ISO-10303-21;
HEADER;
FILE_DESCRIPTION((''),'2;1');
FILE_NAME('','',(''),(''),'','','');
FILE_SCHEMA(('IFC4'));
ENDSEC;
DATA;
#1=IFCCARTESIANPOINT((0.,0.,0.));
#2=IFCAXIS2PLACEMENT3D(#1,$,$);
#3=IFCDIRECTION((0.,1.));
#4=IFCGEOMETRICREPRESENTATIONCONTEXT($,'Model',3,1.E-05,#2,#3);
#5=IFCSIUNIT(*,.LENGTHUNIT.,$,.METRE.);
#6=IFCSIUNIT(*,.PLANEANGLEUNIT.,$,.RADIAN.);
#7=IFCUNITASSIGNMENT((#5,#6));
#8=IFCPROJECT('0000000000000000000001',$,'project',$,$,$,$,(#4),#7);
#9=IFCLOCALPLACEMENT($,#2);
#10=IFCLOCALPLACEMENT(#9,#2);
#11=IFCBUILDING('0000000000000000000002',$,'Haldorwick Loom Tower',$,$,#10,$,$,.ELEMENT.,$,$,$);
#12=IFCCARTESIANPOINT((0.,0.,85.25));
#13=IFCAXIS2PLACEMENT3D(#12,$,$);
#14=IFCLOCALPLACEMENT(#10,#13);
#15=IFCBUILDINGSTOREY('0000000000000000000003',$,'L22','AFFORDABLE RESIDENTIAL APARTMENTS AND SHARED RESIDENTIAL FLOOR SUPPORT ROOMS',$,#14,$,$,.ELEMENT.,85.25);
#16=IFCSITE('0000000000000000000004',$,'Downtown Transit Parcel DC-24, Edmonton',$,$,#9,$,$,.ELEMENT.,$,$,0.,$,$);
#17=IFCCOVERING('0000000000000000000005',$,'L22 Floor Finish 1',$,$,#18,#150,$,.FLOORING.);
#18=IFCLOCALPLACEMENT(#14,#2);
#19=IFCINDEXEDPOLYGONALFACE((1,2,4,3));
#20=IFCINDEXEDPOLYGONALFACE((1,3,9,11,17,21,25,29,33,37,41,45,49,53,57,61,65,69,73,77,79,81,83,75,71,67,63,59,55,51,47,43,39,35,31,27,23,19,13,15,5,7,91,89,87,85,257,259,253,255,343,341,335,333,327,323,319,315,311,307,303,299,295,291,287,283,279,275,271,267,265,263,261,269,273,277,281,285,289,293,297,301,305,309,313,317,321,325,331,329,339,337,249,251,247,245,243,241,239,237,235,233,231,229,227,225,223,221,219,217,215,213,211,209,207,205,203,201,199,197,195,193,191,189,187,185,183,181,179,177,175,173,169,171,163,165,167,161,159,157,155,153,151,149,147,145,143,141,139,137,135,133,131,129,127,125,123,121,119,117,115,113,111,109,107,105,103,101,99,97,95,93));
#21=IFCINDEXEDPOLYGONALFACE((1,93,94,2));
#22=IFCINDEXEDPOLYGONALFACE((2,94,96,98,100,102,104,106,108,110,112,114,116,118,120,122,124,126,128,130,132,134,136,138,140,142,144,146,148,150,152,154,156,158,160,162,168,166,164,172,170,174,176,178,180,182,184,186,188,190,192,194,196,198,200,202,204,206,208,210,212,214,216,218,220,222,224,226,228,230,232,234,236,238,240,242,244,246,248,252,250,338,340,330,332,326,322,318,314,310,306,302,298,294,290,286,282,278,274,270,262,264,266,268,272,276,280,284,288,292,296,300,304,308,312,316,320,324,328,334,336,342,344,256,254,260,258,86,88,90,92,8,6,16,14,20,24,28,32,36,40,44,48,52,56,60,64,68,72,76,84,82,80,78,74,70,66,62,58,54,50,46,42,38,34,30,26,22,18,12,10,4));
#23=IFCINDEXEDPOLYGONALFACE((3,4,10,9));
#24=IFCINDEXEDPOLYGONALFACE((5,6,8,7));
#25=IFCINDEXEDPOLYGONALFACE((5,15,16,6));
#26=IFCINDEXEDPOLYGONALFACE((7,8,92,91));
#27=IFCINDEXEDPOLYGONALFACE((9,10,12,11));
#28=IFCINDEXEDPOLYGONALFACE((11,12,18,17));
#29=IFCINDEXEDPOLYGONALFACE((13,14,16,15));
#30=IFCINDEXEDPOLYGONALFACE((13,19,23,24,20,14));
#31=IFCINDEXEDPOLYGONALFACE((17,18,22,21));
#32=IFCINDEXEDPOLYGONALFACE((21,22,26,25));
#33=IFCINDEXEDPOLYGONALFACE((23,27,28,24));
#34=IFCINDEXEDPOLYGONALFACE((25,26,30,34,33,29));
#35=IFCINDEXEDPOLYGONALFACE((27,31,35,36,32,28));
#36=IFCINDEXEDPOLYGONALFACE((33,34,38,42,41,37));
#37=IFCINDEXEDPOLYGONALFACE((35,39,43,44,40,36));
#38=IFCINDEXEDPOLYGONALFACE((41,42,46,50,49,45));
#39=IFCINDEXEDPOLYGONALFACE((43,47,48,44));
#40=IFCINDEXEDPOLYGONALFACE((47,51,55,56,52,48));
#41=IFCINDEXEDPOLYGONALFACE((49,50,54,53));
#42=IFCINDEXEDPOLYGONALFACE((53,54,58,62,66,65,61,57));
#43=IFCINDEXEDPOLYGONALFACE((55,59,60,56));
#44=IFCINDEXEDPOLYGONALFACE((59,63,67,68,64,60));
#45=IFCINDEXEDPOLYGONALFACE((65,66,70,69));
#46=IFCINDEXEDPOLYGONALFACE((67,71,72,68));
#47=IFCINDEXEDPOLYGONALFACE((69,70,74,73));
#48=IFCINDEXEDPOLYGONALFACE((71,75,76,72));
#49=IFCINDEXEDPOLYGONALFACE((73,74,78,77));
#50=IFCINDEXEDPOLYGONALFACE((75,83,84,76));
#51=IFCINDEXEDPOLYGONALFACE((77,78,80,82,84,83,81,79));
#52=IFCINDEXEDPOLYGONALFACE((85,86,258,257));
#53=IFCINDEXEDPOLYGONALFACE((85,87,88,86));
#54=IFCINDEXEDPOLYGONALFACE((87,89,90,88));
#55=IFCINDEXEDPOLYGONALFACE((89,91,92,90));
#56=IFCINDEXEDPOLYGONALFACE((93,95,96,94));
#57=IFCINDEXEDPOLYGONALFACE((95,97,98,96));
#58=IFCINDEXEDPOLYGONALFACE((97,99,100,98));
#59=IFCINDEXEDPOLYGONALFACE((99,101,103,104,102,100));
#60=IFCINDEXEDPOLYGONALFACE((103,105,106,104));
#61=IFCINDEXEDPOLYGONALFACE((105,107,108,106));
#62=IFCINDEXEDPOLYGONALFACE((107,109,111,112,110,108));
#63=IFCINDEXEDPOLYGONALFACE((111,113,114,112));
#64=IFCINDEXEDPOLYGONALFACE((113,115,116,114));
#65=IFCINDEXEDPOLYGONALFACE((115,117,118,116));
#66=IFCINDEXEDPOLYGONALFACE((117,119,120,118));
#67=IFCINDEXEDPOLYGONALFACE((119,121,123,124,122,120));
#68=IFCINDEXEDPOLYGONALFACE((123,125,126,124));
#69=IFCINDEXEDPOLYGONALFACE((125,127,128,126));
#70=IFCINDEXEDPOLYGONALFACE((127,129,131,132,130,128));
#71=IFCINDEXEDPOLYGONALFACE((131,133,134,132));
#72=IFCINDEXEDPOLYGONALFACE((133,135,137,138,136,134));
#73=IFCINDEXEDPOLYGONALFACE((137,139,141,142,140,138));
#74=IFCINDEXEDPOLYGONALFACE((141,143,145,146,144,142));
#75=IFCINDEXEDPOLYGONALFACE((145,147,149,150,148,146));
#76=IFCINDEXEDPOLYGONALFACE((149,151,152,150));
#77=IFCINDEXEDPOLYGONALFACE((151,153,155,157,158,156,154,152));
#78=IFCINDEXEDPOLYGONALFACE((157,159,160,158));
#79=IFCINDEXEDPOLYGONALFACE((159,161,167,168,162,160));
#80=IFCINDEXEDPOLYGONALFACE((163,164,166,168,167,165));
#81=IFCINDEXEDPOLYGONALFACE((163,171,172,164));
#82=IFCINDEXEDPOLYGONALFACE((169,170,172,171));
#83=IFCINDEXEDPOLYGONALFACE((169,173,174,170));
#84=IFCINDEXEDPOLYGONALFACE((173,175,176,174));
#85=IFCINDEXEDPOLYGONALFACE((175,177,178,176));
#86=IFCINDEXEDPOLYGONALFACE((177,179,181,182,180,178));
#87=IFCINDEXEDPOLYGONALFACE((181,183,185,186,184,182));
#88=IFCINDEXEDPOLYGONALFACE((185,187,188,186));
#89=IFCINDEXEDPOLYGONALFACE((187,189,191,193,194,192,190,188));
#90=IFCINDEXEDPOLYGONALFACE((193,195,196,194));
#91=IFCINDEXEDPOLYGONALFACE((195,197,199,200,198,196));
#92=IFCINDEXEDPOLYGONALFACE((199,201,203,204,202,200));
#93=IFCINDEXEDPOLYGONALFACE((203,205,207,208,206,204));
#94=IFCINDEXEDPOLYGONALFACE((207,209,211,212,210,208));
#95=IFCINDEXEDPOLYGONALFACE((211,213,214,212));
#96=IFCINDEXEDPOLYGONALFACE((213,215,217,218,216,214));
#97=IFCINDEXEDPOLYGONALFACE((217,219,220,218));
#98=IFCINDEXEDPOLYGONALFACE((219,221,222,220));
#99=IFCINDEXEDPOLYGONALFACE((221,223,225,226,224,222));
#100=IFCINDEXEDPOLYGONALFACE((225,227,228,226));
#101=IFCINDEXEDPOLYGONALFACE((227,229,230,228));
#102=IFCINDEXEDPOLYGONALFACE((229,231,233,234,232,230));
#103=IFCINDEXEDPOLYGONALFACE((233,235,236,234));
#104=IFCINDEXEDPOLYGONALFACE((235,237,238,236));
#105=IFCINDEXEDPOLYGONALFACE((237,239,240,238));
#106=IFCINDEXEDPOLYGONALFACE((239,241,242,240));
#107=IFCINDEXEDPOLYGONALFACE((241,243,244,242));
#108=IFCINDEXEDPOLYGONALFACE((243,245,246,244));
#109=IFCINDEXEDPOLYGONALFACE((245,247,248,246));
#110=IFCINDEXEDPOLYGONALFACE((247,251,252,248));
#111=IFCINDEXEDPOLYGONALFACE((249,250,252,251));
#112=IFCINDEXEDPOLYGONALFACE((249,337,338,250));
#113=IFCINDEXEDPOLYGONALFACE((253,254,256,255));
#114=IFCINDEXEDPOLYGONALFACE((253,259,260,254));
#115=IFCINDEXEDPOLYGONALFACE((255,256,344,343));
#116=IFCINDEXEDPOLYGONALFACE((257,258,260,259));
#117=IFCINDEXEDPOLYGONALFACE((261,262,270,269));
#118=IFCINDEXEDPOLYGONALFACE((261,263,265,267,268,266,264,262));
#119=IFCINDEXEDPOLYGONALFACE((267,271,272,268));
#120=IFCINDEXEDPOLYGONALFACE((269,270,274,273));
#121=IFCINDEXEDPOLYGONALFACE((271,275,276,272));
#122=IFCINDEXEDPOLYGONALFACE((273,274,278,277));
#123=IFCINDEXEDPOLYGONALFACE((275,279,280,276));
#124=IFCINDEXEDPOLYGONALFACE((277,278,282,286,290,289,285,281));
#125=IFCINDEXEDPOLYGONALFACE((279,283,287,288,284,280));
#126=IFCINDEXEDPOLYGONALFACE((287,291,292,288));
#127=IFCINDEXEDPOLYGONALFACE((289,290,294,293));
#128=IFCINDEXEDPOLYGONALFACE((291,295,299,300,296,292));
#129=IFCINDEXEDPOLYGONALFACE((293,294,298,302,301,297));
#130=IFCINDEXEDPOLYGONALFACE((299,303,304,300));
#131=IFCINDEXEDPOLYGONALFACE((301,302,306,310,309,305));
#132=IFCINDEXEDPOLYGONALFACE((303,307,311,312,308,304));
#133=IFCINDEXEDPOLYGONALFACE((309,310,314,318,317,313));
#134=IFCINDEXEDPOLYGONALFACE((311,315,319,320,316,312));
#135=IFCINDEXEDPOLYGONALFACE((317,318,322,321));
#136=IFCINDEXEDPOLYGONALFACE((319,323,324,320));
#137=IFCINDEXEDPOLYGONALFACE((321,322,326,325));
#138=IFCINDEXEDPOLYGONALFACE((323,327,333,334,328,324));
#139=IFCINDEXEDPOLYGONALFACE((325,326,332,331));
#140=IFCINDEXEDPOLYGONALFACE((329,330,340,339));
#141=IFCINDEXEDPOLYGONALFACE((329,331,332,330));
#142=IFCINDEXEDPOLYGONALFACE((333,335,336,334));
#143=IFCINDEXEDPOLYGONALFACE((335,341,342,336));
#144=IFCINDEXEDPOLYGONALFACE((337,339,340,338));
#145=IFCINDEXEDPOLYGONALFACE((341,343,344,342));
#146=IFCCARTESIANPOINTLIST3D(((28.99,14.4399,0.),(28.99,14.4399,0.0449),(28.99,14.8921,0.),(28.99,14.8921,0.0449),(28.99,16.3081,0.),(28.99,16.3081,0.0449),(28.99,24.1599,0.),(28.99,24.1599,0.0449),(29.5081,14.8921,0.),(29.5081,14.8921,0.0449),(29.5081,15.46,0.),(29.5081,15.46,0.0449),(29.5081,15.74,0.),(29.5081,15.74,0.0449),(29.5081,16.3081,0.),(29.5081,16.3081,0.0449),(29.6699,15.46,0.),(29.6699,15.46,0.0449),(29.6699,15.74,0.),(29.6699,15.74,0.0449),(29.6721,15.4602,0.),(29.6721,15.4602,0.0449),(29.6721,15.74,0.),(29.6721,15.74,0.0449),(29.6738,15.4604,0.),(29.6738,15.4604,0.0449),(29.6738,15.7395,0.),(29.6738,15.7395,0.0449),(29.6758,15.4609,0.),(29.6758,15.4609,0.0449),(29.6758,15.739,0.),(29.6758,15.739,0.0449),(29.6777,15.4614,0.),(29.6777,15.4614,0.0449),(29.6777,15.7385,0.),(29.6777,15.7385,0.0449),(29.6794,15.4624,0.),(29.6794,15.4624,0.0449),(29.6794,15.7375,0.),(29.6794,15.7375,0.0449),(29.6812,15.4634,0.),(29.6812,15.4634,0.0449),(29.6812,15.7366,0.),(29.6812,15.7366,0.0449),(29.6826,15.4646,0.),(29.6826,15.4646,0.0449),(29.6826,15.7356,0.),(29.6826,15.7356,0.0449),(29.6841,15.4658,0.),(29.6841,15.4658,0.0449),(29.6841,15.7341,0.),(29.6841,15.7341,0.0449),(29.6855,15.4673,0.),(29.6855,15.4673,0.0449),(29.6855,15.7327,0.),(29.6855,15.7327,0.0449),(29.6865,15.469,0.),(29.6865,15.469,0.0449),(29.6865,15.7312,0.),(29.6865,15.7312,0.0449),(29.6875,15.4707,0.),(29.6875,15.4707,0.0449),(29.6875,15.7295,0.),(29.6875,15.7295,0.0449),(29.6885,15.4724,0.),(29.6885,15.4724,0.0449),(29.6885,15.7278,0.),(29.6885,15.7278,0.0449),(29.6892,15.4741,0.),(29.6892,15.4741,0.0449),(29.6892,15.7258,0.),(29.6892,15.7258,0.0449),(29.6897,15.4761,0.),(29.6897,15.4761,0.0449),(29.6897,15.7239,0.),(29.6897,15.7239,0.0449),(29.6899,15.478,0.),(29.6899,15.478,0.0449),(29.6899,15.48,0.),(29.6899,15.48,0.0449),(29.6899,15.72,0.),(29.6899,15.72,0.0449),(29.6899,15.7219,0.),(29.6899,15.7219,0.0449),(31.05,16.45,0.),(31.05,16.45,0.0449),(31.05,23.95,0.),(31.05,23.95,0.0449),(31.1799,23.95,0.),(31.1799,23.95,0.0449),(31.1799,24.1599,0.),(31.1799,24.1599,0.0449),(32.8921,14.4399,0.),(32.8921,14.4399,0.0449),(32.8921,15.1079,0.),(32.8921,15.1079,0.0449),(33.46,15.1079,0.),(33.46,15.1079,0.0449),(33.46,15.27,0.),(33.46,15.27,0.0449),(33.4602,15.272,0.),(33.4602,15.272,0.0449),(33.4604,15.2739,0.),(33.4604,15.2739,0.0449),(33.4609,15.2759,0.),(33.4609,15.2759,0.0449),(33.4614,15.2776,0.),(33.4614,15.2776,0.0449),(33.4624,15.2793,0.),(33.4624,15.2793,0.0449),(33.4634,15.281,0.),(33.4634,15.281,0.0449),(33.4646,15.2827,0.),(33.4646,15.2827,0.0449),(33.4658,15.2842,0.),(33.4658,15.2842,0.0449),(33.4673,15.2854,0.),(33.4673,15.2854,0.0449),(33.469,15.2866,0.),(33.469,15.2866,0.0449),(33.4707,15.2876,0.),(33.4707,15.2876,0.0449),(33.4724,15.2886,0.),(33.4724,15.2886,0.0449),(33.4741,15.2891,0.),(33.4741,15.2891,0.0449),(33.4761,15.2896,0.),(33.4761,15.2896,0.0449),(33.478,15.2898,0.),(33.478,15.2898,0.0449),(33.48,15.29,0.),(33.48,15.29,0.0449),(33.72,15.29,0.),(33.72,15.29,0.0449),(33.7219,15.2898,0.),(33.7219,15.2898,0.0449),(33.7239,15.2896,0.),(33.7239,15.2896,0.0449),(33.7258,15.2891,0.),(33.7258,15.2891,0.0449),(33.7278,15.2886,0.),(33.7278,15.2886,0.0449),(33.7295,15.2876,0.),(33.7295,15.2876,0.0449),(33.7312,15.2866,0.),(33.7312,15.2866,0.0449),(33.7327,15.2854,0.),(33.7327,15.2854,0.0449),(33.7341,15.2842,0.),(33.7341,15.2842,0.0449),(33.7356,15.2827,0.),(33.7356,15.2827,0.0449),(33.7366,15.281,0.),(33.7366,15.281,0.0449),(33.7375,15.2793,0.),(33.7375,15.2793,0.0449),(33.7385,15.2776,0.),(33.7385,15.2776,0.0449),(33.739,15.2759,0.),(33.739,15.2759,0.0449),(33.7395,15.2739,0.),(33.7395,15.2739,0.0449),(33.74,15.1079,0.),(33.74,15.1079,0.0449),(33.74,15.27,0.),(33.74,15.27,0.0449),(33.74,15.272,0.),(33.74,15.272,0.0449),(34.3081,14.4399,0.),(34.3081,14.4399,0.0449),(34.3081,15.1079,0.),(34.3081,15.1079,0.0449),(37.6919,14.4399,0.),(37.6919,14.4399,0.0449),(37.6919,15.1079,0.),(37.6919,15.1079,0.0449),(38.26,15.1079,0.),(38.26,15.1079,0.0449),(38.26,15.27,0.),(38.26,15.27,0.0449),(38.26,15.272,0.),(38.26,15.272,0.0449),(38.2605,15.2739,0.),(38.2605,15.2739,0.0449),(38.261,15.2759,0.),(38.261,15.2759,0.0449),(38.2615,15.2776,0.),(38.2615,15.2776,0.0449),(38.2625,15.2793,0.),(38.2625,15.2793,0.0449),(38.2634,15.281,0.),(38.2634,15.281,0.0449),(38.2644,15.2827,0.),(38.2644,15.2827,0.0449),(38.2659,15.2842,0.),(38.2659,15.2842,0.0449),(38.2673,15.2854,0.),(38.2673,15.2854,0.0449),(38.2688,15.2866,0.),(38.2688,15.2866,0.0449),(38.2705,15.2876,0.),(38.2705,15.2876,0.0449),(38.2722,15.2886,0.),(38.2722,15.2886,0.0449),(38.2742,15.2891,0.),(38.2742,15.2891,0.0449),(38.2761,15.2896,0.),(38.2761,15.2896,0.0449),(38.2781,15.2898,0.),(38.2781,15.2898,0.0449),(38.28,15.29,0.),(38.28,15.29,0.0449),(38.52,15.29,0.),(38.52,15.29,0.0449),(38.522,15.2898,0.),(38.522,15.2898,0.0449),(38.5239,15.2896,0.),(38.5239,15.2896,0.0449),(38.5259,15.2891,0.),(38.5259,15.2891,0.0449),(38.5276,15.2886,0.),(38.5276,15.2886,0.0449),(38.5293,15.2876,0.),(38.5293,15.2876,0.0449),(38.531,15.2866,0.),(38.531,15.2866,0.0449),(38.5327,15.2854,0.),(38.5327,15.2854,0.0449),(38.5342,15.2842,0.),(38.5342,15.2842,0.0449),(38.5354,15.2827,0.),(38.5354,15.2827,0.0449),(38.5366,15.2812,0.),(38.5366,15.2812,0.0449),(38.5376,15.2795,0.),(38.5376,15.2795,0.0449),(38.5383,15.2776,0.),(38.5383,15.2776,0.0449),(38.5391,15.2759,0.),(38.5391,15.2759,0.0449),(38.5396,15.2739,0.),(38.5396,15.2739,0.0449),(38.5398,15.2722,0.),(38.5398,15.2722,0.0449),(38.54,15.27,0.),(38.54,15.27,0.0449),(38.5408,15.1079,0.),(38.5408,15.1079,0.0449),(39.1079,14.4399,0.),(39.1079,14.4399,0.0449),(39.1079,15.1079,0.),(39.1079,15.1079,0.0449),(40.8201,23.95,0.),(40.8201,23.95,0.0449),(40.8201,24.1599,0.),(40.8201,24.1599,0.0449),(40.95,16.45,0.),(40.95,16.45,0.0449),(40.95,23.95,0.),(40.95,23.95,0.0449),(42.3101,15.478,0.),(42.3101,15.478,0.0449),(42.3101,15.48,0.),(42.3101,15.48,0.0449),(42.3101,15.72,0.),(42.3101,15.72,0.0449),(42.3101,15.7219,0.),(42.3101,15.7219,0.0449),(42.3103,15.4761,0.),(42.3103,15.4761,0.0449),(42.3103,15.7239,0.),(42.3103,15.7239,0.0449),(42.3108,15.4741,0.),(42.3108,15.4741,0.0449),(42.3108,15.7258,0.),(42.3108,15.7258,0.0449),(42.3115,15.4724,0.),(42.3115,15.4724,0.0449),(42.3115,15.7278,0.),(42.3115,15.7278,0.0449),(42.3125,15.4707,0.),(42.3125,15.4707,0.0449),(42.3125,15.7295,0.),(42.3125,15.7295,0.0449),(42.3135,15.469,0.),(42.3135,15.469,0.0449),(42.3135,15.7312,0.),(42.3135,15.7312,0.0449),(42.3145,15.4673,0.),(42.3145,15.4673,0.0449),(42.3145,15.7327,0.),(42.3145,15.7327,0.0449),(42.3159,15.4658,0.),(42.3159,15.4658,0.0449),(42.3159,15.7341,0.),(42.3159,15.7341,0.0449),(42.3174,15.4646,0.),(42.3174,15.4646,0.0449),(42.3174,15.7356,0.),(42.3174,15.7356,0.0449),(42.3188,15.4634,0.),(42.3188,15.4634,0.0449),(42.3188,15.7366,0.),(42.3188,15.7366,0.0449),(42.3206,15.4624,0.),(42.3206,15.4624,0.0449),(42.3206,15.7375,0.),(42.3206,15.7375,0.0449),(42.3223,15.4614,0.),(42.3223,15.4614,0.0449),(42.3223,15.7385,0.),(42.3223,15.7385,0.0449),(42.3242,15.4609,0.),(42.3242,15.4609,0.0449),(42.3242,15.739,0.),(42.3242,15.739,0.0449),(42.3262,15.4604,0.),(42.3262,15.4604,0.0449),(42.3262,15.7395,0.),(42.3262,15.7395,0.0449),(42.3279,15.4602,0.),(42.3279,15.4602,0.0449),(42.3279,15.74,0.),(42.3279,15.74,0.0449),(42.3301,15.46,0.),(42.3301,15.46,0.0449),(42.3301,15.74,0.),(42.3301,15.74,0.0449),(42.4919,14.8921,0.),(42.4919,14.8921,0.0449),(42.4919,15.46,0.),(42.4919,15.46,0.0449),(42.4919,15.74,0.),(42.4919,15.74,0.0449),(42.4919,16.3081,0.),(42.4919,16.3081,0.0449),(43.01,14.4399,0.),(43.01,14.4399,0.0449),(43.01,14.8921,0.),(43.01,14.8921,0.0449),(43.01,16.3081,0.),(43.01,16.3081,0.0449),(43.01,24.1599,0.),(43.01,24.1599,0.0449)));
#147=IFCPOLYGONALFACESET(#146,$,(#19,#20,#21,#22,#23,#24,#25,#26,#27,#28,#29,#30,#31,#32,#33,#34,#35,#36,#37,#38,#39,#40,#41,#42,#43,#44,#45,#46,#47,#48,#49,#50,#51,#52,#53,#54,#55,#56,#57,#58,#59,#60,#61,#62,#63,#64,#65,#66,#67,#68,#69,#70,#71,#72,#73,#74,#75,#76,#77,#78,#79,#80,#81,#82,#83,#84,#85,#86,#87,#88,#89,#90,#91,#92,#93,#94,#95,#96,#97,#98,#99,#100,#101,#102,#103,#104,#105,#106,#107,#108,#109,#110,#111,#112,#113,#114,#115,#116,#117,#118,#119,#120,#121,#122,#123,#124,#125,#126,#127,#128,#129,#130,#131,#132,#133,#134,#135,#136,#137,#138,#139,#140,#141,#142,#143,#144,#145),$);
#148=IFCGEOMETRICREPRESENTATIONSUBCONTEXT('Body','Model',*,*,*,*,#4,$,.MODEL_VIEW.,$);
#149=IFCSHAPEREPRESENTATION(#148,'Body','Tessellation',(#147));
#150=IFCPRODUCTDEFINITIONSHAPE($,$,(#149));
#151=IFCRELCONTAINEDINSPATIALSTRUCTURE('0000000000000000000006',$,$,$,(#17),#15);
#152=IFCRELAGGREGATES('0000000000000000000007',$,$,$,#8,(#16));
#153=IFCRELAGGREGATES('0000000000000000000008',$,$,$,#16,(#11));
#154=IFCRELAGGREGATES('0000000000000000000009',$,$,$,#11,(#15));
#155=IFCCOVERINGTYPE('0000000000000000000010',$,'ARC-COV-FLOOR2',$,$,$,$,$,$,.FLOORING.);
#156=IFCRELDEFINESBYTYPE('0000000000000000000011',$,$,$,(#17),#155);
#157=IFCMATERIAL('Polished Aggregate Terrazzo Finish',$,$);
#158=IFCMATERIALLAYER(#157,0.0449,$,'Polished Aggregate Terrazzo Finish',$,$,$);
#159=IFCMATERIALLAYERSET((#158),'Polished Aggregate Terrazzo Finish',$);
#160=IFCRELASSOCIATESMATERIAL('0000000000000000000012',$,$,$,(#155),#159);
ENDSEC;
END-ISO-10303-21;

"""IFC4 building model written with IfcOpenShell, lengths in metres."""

from ifc_helpers import new_model, si_unit, direction, frame, origin, place, context, subcontext, project, spatial, polyline, outline, extrude, material, layer, layer_set, type_object, element, save


model = new_model("IFC4")

# Units and contexts
model_context = context("Model", 3, precision=1e-05, world=origin(), true_north=direction((0.0, 1.0)))
body_context = subcontext(model_context, "Body", "Model", "MODEL_VIEW")
ifc_project = project(units=[si_unit("LENGTHUNIT", "METRE"), si_unit("PLANEANGLEUNIT", "RADIAN")], contexts=[model_context])

# Site, building, storey
site_placement = place(None, origin())
site = spatial("IfcSite", under=ifc_project, at=site_placement, Name="Downtown Transit Parcel DC-24, Edmonton", CompositionType="ELEMENT", RefElevation=0.0)
building_placement = place(site_placement, origin())
building = spatial("IfcBuilding", under=site, at=building_placement, Name="Haldorwick Loom Tower", CompositionType="ELEMENT")
storey_placement = place(building_placement, frame((0.0, 0.0, 85.25)))
storey = spatial("IfcBuildingStorey", under=building, at=storey_placement, Name="L22", Description="AFFORDABLE RESIDENTIAL APARTMENTS AND SHARED RESIDENTIAL FLOOR SUPPORT ROOMS", CompositionType="ELEMENT", Elevation=85.25)

# Covering
ifc_material_1 = material(Name="Polished Aggregate Terrazzo Finish")
ifc_layer_1 = layer(ifc_material_1, 0.0449, Name="Polished Aggregate Terrazzo Finish")
ifc_layer_set_1 = layer_set([ifc_layer_1], Name="Polished Aggregate Terrazzo Finish")
covering_type_1 = type_object("IfcCoveringType", Name="ARC-COV-FLOOR2", PredefinedType="FLOORING", material=ifc_layer_set_1)
covering_1_placement = place(storey_placement, origin())
element("IfcCovering", 1, at=covering_1_placement, inside=storey, type_object=covering_type_1, Name="L22 Floor Finish 1", PredefinedType="FLOORING", context=body_context, shape_type="SweptSolid", body=[
    extrude(outline(polyline([(40.8201, 24.1599), (40.8201, 23.95), (40.95, 23.95), (40.95, 16.45), (31.05, 16.45), (31.05, 23.95), (31.1799, 23.95), (31.1799, 24.1599), (28.99, 24.1599), (28.99, 16.3081), (29.5081, 16.3081), (29.5081, 15.74), (29.6699, 15.74), (29.6721, 15.74), (29.6738, 15.7395), (29.6758, 15.739), (29.6777, 15.7385), (29.6794, 15.7375), (29.6812, 15.7366), (29.6826, 15.7356), (29.6841, 15.7341), (29.6855, 15.7327), (29.6865, 15.7312), (29.6875, 15.7295), (29.6885, 15.7278), (29.6892, 15.7258), (29.6897, 15.7239), (29.6899, 15.7219), (29.6899, 15.72), (29.6899, 15.48), (29.6899, 15.478), (29.6897, 15.4761), (29.6892, 15.4741), (29.6885, 15.4724), (29.6875, 15.4707), (29.6865, 15.469), (29.6855, 15.4673), (29.6841, 15.4658), (29.6826, 15.4646), (29.6812, 15.4634), (29.6794, 15.4624), (29.6777, 15.4614), (29.6758, 15.4609), (29.6738, 15.4604), (29.6721, 15.4602), (29.6699, 15.46), (29.5081, 15.46), (29.5081, 14.8921), (28.99, 14.8921), (28.99, 14.4399), (32.8921, 14.4399), (32.8921, 15.1079), (33.46, 15.1079), (33.46, 15.27), (33.4602, 15.272), (33.4604, 15.2739), (33.4609, 15.2759), (33.4614, 15.2776), (33.4624, 15.2793), (33.4634, 15.281), (33.4646, 15.2827), (33.4658, 15.2842), (33.4673, 15.2854), (33.469, 15.2866), (33.4707, 15.2876), (33.4724, 15.2886), (33.4741, 15.2891), (33.4761, 15.2896), (33.478, 15.2898), (33.48, 15.29), (33.72, 15.29), (33.7219, 15.2898), (33.7239, 15.2896), (33.7258, 15.2891), (33.7278, 15.2886), (33.7295, 15.2876), (33.7312, 15.2866), (33.7327, 15.2854), (33.7341, 15.2842), (33.7356, 15.2827), (33.7366, 15.281), (33.7375, 15.2793), (33.7385, 15.2776), (33.739, 15.2759), (33.7395, 15.2739), (33.74, 15.272), (33.74, 15.27), (33.74, 15.1079), (34.3081, 15.1079), (34.3081, 14.4399), (37.6919, 14.4399), (37.6919, 15.1079), (38.26, 15.1079), (38.26, 15.27), (38.26, 15.272), (38.2605, 15.2739), (38.261, 15.2759), (38.2615, 15.2776), (38.2625, 15.2793), (38.2634, 15.281), (38.2644, 15.2827), (38.2659, 15.2842), (38.2673, 15.2854), (38.2688, 15.2866), (38.2705, 15.2876), (38.2722, 15.2886), (38.2742, 15.2891), (38.2761, 15.2896), (38.2781, 15.2898), (38.28, 15.29), (38.52, 15.29), (38.522, 15.2898), (38.5239, 15.2896), (38.5259, 15.2891), (38.5276, 15.2886), (38.5293, 15.2876), (38.531, 15.2866), (38.5327, 15.2854), (38.5342, 15.2842), (38.5354, 15.2827), (38.5366, 15.2812), (38.5376, 15.2795), (38.5383, 15.2776), (38.5391, 15.2759), (38.5396, 15.2739), (38.5398, 15.2722), (38.54, 15.27), (38.5408, 15.1079), (39.1079, 15.1079), (39.1079, 14.4399), (43.01, 14.4399), (43.01, 14.8921), (42.4919, 14.8921), (42.4919, 15.46), (42.3301, 15.46), (42.3279, 15.4602), (42.3262, 15.4604), (42.3242, 15.4609), (42.3223, 15.4614), (42.3206, 15.4624), (42.3188, 15.4634), (42.3174, 15.4646), (42.3159, 15.4658), (42.3145, 15.4673), (42.3135, 15.469), (42.3125, 15.4707), (42.3115, 15.4724), (42.3108, 15.4741), (42.3103, 15.4761), (42.3101, 15.478), (42.3101, 15.48), (42.3101, 15.72), (42.3101, 15.7219), (42.3103, 15.7239), (42.3108, 15.7258), (42.3115, 15.7278), (42.3125, 15.7295), (42.3135, 15.7312), (42.3145, 15.7327), (42.3159, 15.7341), (42.3174, 15.7356), (42.3188, 15.7366), (42.3206, 15.7375), (42.3223, 15.7385), (42.3242, 15.739), (42.3262, 15.7395), (42.3279, 15.74), (42.3301, 15.74), (42.4919, 15.74), (42.4919, 16.3081), (43.01, 16.3081), (43.01, 24.1599), (40.8201, 24.1599)])), origin(), (0.0, 0.0, 1.0), 0.0449),
])

save(model, "model.ifc")
